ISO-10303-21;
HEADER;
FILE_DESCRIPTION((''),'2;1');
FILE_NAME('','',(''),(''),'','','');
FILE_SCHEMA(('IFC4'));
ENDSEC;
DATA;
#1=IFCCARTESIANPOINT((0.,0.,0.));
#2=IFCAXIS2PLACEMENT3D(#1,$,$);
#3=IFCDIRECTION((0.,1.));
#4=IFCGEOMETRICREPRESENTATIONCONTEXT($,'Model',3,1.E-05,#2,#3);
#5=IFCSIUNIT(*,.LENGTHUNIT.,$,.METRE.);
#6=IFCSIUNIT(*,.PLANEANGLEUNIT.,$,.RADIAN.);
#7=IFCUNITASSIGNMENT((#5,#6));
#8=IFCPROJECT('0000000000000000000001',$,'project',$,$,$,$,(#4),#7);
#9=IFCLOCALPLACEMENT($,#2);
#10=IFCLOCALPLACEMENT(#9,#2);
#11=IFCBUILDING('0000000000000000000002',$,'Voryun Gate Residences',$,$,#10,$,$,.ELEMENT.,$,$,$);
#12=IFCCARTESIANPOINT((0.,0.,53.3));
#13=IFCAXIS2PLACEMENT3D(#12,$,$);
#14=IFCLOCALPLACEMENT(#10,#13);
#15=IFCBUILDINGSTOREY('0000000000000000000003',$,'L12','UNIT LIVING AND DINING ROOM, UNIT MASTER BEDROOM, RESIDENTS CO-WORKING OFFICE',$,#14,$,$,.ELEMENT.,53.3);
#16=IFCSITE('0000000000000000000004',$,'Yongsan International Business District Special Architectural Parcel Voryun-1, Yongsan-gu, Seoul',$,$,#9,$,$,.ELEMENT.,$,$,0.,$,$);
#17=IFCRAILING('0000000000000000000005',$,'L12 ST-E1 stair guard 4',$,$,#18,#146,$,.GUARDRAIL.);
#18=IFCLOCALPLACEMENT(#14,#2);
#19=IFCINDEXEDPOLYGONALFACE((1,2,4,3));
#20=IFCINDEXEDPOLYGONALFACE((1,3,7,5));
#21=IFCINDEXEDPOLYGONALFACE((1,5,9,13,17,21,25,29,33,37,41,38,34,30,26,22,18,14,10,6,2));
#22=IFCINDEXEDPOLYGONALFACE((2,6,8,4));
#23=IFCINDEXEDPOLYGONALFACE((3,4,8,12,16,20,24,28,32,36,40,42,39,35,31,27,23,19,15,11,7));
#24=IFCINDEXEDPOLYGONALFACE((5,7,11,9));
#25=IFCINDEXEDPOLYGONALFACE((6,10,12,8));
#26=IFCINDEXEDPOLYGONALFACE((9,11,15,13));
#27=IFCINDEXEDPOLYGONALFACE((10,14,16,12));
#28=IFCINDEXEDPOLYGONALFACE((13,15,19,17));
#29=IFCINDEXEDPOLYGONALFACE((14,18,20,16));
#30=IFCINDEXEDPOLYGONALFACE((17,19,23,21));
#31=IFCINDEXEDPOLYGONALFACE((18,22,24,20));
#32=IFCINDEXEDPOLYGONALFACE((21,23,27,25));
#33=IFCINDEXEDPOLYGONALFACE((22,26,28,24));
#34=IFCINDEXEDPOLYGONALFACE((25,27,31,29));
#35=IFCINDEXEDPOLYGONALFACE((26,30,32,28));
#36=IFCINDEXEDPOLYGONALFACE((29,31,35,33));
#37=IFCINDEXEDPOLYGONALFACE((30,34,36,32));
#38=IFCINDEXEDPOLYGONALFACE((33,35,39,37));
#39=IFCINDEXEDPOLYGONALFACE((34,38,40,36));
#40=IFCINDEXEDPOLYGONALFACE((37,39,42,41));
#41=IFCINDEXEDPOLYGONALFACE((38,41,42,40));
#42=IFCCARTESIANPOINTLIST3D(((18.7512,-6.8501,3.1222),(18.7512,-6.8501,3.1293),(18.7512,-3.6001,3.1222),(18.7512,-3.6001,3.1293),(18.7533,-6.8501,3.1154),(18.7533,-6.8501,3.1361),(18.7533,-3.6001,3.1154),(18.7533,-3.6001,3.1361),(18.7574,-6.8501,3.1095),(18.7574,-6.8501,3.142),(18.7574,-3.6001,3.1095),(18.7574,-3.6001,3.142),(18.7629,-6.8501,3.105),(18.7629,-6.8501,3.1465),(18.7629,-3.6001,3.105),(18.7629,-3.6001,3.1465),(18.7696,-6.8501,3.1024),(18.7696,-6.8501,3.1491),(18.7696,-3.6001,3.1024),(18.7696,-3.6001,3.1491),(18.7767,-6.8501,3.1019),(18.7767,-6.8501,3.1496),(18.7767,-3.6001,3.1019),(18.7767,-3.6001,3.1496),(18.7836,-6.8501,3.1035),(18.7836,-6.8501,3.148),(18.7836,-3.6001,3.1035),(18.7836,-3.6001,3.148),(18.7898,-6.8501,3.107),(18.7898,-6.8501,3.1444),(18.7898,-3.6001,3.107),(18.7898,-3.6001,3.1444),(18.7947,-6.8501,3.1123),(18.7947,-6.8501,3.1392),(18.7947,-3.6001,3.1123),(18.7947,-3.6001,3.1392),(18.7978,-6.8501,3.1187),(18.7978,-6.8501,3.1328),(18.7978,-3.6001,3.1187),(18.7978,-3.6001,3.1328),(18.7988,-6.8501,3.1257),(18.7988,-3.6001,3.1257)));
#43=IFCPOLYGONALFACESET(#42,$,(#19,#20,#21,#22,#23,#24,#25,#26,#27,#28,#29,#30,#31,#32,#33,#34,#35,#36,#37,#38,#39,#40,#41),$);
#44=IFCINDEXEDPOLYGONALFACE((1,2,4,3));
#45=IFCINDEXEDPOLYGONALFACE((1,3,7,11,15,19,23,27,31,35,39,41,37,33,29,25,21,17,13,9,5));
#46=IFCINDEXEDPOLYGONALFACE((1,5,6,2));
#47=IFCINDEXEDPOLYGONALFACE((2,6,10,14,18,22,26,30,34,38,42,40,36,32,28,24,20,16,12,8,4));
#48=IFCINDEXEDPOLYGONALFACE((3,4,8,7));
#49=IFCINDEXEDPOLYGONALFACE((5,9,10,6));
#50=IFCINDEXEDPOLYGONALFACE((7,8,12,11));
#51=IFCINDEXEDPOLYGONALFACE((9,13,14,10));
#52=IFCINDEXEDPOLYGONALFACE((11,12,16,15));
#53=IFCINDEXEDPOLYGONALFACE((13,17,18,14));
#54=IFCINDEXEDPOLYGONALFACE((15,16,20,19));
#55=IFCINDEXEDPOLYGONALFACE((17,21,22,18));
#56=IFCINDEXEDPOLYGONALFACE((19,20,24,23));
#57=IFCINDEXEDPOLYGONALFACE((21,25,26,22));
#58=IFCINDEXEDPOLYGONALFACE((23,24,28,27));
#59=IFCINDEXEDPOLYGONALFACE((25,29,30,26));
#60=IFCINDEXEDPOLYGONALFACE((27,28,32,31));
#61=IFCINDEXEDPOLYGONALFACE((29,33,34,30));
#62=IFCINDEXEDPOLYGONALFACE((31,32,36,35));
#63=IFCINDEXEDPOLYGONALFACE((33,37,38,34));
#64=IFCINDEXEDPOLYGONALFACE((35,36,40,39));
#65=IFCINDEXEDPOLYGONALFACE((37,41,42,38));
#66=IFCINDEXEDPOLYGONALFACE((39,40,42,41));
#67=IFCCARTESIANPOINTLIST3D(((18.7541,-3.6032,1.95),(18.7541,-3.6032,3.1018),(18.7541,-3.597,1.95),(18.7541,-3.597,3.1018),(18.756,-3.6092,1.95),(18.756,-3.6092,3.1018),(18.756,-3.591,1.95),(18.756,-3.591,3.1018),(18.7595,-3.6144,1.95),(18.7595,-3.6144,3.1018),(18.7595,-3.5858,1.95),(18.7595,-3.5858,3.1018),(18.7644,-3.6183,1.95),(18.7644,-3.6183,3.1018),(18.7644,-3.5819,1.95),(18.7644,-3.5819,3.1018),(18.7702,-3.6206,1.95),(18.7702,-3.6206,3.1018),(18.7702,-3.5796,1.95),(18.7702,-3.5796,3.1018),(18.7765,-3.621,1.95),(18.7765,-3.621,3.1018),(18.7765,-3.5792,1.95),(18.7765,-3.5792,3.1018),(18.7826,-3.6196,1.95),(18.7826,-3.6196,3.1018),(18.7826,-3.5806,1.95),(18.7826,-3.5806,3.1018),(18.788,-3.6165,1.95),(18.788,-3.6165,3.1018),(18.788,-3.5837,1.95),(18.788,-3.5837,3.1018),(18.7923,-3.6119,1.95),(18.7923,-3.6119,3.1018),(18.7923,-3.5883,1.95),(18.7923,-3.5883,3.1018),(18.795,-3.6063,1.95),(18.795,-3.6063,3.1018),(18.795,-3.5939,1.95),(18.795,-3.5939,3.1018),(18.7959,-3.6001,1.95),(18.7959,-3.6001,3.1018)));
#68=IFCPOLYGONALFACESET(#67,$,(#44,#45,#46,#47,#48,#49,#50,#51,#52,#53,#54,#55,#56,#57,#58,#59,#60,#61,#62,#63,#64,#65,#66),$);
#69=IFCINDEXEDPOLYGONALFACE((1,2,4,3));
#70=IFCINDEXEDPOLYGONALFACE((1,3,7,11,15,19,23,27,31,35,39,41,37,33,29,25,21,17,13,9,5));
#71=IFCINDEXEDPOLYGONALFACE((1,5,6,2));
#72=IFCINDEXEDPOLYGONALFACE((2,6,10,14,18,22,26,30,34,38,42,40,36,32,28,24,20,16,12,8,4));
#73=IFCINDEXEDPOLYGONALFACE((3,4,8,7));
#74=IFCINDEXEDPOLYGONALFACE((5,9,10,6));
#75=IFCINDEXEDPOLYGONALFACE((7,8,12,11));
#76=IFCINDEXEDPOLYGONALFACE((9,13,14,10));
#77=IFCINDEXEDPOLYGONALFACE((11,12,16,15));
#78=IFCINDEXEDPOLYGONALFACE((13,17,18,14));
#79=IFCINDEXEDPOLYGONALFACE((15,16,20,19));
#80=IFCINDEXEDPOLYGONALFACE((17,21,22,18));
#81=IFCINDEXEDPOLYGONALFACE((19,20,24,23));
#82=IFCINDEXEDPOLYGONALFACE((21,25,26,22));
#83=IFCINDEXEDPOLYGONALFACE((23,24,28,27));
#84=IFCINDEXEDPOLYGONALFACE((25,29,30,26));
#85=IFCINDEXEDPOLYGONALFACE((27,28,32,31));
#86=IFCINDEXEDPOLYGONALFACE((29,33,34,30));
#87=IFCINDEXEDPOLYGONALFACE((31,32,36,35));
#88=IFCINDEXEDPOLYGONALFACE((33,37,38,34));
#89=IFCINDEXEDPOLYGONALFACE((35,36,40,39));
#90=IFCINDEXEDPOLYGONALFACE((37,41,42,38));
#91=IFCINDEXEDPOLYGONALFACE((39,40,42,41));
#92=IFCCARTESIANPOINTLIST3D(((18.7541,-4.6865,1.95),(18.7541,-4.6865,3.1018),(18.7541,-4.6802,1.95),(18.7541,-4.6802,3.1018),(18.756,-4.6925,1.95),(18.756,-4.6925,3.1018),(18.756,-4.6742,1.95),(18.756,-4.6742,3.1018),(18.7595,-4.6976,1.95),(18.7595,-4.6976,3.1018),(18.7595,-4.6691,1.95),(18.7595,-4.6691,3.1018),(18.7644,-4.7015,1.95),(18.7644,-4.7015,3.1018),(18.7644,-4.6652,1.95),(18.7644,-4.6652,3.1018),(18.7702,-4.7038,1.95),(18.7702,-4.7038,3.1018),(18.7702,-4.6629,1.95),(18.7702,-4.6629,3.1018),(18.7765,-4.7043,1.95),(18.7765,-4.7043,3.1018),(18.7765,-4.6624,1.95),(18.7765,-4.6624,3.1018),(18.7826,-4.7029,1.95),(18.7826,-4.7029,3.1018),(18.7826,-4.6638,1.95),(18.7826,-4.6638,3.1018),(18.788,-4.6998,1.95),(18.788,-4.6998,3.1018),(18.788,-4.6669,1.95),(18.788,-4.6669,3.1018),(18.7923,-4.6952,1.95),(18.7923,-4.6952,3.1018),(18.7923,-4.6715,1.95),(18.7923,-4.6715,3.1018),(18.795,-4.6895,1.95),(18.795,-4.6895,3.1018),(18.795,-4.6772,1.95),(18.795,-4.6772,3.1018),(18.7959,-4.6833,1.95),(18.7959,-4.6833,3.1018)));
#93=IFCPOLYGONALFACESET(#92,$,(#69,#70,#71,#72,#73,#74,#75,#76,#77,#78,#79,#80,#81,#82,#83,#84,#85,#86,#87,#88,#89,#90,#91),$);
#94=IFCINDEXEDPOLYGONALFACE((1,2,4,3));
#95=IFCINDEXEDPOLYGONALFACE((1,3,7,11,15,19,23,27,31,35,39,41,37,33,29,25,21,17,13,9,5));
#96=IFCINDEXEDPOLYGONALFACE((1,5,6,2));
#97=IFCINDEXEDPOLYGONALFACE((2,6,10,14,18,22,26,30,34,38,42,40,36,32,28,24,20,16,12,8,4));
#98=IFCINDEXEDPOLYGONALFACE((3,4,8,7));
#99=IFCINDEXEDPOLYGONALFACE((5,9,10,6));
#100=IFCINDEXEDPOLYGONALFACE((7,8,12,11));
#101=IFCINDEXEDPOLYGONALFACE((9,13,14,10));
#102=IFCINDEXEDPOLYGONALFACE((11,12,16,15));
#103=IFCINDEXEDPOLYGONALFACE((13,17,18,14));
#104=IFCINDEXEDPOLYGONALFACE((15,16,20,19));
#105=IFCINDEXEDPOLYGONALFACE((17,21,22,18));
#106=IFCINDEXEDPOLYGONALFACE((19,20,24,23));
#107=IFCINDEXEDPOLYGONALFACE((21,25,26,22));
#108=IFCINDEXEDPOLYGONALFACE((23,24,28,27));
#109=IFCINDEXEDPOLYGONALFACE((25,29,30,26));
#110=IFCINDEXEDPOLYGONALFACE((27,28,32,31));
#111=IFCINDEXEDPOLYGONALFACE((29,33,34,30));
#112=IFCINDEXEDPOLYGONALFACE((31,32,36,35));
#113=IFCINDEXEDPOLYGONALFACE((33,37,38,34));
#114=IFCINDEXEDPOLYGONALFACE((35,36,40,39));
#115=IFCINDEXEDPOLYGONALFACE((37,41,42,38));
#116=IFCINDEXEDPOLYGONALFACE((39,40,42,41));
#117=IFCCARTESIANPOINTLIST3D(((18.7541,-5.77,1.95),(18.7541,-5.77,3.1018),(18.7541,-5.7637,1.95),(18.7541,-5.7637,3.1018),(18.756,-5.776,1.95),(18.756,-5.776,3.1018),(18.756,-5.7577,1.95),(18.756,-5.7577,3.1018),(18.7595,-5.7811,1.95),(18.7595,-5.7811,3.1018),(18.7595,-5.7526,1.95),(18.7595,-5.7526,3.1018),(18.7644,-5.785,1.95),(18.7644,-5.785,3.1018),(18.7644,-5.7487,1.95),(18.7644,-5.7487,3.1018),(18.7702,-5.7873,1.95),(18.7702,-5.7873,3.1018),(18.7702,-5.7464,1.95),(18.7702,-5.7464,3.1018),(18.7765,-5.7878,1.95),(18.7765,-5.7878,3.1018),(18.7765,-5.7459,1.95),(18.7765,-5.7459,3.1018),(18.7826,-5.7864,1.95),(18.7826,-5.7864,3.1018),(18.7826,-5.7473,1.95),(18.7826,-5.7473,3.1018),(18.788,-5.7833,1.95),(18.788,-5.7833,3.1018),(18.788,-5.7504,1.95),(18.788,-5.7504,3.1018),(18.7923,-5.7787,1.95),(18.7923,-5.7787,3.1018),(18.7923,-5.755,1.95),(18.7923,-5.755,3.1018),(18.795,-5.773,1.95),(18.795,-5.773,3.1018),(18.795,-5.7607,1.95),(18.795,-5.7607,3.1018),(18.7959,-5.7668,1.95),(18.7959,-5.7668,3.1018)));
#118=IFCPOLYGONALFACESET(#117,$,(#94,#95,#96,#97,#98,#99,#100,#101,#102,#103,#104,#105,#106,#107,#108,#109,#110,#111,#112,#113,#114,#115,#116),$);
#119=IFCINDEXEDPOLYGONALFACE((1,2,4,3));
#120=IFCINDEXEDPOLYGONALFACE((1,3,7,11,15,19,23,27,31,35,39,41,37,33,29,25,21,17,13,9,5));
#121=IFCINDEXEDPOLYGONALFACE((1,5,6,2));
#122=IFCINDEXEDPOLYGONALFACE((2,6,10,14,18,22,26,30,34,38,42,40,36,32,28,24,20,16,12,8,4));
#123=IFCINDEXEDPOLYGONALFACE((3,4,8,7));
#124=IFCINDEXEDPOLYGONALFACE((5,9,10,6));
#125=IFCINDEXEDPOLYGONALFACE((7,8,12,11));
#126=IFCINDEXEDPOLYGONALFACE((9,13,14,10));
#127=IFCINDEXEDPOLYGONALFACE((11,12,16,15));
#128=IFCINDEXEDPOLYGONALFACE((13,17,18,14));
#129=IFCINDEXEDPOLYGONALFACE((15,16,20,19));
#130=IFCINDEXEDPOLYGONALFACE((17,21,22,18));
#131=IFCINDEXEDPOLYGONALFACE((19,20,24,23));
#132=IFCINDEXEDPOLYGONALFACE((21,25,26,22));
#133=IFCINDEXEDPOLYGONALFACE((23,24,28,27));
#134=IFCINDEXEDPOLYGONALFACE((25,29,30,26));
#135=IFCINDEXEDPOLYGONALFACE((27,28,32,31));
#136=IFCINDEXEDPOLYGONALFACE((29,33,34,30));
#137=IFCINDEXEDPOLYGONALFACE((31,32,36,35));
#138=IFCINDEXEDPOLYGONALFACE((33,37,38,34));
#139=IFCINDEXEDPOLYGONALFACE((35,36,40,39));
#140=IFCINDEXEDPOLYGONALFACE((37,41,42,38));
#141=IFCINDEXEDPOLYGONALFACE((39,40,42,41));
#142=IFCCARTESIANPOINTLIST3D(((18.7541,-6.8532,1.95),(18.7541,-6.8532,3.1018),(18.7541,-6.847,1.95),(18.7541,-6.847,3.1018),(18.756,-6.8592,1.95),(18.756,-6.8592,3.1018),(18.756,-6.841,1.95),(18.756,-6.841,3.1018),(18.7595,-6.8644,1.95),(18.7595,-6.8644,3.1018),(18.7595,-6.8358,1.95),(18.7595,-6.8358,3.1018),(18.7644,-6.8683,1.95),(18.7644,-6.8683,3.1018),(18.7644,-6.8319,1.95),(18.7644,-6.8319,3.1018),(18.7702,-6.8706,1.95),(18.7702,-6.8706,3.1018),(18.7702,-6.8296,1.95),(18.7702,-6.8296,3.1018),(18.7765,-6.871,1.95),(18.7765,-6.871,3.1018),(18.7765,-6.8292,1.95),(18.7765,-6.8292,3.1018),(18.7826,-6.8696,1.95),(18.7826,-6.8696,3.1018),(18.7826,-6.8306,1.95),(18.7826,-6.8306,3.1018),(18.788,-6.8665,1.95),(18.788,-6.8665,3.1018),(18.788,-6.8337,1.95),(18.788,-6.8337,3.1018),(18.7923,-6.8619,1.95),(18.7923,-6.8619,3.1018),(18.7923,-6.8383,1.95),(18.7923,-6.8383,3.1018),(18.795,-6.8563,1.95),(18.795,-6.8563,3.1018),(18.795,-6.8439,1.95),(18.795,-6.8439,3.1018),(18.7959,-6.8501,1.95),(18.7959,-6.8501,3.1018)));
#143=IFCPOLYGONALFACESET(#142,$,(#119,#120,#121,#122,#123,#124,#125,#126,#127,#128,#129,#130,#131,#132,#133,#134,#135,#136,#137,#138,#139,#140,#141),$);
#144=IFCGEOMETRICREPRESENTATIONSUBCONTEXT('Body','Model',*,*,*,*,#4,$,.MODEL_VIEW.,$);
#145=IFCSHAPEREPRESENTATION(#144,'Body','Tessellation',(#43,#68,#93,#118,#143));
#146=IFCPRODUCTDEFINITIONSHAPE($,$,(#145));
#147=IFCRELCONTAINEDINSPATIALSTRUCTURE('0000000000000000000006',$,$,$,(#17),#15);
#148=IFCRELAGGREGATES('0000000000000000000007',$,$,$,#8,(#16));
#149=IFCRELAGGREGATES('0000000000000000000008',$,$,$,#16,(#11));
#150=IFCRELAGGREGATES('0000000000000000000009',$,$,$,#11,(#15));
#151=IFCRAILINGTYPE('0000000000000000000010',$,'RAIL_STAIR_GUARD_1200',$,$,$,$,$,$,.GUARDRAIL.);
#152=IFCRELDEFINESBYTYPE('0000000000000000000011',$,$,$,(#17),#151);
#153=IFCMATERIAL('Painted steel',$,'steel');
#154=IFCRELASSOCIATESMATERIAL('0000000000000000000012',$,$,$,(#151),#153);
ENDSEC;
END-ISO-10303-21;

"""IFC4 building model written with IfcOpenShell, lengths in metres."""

from ifc_helpers import new_model, si_unit, direction, frame, origin, origin_2d, place, context, subcontext, project, spatial, circle, extrude, material, type_object, element, save


model = new_model("IFC4")

# Units and contexts
model_context = context("Model", 3, precision=1e-05, world=origin(), true_north=direction((0.0, 1.0)))
body_context = subcontext(model_context, "Body", "Model", "MODEL_VIEW")
ifc_project = project(units=[si_unit("LENGTHUNIT", "METRE"), si_unit("PLANEANGLEUNIT", "RADIAN")], contexts=[model_context])

# Site, building, storey
site_placement = place(None, origin())
site = spatial("IfcSite", under=ifc_project, at=site_placement, Name="Yongsan International Business District Special Architectural Parcel Voryun-1, Yongsan-gu, Seoul", CompositionType="ELEMENT", RefElevation=0.0)
building_placement = place(site_placement, origin())
building = spatial("IfcBuilding", under=site, at=building_placement, Name="Voryun Gate Residences", CompositionType="ELEMENT")
storey_placement = place(building_placement, frame((0.0, 0.0, 53.3)))
storey = spatial("IfcBuildingStorey", under=building, at=storey_placement, Name="L12", Description="UNIT LIVING AND DINING ROOM, UNIT MASTER BEDROOM, RESIDENTS CO-WORKING OFFICE", CompositionType="ELEMENT", Elevation=53.3)

# Railing
ifc_material_1 = material(Name="Painted steel", Category="steel")
railing_type_1 = type_object("IfcRailingType", Name="RAIL_STAIR_GUARD_1200", PredefinedType="GUARDRAIL", material=ifc_material_1)
for number, where, name in (
    (1, (18.7749, -3.6001, 1.95), "L12 ST-E1 stair guard 4"),
):
    element("IfcRailing", number, at=place(storey_placement, frame(where)), inside=storey, type_object=railing_type_1, Name=name, PredefinedType="GUARDRAIL", context=body_context, shape_type="SweptSolid", body=[
        extrude(circle(Radius=0.0239, at=origin_2d()), frame((0.0, 0.0, 1.1758), z_axis=(0.0, -1.0, 0.0), x_axis=(1.0, 0.0, 0.0)), (0.0, 0.0, 1.0), 3.25),
        extrude(circle(Radius=0.021, at=origin_2d()), origin(), (0.0, 0.0, 1.0), 1.1519),
        extrude(circle(Radius=0.021, at=origin_2d()), frame((0.0, -1.0833, 0.0)), (0.0, 0.0, 1.0), 1.1519),
        extrude(circle(Radius=0.021, at=origin_2d()), frame((0.0, -2.1667, 0.0)), (0.0, 0.0, 1.0), 1.1519),
        extrude(circle(Radius=0.021, at=origin_2d()), frame((0.0, -3.25, 0.0)), (0.0, 0.0, 1.0), 1.1519),
    ])

save(model, "model.ifc")
